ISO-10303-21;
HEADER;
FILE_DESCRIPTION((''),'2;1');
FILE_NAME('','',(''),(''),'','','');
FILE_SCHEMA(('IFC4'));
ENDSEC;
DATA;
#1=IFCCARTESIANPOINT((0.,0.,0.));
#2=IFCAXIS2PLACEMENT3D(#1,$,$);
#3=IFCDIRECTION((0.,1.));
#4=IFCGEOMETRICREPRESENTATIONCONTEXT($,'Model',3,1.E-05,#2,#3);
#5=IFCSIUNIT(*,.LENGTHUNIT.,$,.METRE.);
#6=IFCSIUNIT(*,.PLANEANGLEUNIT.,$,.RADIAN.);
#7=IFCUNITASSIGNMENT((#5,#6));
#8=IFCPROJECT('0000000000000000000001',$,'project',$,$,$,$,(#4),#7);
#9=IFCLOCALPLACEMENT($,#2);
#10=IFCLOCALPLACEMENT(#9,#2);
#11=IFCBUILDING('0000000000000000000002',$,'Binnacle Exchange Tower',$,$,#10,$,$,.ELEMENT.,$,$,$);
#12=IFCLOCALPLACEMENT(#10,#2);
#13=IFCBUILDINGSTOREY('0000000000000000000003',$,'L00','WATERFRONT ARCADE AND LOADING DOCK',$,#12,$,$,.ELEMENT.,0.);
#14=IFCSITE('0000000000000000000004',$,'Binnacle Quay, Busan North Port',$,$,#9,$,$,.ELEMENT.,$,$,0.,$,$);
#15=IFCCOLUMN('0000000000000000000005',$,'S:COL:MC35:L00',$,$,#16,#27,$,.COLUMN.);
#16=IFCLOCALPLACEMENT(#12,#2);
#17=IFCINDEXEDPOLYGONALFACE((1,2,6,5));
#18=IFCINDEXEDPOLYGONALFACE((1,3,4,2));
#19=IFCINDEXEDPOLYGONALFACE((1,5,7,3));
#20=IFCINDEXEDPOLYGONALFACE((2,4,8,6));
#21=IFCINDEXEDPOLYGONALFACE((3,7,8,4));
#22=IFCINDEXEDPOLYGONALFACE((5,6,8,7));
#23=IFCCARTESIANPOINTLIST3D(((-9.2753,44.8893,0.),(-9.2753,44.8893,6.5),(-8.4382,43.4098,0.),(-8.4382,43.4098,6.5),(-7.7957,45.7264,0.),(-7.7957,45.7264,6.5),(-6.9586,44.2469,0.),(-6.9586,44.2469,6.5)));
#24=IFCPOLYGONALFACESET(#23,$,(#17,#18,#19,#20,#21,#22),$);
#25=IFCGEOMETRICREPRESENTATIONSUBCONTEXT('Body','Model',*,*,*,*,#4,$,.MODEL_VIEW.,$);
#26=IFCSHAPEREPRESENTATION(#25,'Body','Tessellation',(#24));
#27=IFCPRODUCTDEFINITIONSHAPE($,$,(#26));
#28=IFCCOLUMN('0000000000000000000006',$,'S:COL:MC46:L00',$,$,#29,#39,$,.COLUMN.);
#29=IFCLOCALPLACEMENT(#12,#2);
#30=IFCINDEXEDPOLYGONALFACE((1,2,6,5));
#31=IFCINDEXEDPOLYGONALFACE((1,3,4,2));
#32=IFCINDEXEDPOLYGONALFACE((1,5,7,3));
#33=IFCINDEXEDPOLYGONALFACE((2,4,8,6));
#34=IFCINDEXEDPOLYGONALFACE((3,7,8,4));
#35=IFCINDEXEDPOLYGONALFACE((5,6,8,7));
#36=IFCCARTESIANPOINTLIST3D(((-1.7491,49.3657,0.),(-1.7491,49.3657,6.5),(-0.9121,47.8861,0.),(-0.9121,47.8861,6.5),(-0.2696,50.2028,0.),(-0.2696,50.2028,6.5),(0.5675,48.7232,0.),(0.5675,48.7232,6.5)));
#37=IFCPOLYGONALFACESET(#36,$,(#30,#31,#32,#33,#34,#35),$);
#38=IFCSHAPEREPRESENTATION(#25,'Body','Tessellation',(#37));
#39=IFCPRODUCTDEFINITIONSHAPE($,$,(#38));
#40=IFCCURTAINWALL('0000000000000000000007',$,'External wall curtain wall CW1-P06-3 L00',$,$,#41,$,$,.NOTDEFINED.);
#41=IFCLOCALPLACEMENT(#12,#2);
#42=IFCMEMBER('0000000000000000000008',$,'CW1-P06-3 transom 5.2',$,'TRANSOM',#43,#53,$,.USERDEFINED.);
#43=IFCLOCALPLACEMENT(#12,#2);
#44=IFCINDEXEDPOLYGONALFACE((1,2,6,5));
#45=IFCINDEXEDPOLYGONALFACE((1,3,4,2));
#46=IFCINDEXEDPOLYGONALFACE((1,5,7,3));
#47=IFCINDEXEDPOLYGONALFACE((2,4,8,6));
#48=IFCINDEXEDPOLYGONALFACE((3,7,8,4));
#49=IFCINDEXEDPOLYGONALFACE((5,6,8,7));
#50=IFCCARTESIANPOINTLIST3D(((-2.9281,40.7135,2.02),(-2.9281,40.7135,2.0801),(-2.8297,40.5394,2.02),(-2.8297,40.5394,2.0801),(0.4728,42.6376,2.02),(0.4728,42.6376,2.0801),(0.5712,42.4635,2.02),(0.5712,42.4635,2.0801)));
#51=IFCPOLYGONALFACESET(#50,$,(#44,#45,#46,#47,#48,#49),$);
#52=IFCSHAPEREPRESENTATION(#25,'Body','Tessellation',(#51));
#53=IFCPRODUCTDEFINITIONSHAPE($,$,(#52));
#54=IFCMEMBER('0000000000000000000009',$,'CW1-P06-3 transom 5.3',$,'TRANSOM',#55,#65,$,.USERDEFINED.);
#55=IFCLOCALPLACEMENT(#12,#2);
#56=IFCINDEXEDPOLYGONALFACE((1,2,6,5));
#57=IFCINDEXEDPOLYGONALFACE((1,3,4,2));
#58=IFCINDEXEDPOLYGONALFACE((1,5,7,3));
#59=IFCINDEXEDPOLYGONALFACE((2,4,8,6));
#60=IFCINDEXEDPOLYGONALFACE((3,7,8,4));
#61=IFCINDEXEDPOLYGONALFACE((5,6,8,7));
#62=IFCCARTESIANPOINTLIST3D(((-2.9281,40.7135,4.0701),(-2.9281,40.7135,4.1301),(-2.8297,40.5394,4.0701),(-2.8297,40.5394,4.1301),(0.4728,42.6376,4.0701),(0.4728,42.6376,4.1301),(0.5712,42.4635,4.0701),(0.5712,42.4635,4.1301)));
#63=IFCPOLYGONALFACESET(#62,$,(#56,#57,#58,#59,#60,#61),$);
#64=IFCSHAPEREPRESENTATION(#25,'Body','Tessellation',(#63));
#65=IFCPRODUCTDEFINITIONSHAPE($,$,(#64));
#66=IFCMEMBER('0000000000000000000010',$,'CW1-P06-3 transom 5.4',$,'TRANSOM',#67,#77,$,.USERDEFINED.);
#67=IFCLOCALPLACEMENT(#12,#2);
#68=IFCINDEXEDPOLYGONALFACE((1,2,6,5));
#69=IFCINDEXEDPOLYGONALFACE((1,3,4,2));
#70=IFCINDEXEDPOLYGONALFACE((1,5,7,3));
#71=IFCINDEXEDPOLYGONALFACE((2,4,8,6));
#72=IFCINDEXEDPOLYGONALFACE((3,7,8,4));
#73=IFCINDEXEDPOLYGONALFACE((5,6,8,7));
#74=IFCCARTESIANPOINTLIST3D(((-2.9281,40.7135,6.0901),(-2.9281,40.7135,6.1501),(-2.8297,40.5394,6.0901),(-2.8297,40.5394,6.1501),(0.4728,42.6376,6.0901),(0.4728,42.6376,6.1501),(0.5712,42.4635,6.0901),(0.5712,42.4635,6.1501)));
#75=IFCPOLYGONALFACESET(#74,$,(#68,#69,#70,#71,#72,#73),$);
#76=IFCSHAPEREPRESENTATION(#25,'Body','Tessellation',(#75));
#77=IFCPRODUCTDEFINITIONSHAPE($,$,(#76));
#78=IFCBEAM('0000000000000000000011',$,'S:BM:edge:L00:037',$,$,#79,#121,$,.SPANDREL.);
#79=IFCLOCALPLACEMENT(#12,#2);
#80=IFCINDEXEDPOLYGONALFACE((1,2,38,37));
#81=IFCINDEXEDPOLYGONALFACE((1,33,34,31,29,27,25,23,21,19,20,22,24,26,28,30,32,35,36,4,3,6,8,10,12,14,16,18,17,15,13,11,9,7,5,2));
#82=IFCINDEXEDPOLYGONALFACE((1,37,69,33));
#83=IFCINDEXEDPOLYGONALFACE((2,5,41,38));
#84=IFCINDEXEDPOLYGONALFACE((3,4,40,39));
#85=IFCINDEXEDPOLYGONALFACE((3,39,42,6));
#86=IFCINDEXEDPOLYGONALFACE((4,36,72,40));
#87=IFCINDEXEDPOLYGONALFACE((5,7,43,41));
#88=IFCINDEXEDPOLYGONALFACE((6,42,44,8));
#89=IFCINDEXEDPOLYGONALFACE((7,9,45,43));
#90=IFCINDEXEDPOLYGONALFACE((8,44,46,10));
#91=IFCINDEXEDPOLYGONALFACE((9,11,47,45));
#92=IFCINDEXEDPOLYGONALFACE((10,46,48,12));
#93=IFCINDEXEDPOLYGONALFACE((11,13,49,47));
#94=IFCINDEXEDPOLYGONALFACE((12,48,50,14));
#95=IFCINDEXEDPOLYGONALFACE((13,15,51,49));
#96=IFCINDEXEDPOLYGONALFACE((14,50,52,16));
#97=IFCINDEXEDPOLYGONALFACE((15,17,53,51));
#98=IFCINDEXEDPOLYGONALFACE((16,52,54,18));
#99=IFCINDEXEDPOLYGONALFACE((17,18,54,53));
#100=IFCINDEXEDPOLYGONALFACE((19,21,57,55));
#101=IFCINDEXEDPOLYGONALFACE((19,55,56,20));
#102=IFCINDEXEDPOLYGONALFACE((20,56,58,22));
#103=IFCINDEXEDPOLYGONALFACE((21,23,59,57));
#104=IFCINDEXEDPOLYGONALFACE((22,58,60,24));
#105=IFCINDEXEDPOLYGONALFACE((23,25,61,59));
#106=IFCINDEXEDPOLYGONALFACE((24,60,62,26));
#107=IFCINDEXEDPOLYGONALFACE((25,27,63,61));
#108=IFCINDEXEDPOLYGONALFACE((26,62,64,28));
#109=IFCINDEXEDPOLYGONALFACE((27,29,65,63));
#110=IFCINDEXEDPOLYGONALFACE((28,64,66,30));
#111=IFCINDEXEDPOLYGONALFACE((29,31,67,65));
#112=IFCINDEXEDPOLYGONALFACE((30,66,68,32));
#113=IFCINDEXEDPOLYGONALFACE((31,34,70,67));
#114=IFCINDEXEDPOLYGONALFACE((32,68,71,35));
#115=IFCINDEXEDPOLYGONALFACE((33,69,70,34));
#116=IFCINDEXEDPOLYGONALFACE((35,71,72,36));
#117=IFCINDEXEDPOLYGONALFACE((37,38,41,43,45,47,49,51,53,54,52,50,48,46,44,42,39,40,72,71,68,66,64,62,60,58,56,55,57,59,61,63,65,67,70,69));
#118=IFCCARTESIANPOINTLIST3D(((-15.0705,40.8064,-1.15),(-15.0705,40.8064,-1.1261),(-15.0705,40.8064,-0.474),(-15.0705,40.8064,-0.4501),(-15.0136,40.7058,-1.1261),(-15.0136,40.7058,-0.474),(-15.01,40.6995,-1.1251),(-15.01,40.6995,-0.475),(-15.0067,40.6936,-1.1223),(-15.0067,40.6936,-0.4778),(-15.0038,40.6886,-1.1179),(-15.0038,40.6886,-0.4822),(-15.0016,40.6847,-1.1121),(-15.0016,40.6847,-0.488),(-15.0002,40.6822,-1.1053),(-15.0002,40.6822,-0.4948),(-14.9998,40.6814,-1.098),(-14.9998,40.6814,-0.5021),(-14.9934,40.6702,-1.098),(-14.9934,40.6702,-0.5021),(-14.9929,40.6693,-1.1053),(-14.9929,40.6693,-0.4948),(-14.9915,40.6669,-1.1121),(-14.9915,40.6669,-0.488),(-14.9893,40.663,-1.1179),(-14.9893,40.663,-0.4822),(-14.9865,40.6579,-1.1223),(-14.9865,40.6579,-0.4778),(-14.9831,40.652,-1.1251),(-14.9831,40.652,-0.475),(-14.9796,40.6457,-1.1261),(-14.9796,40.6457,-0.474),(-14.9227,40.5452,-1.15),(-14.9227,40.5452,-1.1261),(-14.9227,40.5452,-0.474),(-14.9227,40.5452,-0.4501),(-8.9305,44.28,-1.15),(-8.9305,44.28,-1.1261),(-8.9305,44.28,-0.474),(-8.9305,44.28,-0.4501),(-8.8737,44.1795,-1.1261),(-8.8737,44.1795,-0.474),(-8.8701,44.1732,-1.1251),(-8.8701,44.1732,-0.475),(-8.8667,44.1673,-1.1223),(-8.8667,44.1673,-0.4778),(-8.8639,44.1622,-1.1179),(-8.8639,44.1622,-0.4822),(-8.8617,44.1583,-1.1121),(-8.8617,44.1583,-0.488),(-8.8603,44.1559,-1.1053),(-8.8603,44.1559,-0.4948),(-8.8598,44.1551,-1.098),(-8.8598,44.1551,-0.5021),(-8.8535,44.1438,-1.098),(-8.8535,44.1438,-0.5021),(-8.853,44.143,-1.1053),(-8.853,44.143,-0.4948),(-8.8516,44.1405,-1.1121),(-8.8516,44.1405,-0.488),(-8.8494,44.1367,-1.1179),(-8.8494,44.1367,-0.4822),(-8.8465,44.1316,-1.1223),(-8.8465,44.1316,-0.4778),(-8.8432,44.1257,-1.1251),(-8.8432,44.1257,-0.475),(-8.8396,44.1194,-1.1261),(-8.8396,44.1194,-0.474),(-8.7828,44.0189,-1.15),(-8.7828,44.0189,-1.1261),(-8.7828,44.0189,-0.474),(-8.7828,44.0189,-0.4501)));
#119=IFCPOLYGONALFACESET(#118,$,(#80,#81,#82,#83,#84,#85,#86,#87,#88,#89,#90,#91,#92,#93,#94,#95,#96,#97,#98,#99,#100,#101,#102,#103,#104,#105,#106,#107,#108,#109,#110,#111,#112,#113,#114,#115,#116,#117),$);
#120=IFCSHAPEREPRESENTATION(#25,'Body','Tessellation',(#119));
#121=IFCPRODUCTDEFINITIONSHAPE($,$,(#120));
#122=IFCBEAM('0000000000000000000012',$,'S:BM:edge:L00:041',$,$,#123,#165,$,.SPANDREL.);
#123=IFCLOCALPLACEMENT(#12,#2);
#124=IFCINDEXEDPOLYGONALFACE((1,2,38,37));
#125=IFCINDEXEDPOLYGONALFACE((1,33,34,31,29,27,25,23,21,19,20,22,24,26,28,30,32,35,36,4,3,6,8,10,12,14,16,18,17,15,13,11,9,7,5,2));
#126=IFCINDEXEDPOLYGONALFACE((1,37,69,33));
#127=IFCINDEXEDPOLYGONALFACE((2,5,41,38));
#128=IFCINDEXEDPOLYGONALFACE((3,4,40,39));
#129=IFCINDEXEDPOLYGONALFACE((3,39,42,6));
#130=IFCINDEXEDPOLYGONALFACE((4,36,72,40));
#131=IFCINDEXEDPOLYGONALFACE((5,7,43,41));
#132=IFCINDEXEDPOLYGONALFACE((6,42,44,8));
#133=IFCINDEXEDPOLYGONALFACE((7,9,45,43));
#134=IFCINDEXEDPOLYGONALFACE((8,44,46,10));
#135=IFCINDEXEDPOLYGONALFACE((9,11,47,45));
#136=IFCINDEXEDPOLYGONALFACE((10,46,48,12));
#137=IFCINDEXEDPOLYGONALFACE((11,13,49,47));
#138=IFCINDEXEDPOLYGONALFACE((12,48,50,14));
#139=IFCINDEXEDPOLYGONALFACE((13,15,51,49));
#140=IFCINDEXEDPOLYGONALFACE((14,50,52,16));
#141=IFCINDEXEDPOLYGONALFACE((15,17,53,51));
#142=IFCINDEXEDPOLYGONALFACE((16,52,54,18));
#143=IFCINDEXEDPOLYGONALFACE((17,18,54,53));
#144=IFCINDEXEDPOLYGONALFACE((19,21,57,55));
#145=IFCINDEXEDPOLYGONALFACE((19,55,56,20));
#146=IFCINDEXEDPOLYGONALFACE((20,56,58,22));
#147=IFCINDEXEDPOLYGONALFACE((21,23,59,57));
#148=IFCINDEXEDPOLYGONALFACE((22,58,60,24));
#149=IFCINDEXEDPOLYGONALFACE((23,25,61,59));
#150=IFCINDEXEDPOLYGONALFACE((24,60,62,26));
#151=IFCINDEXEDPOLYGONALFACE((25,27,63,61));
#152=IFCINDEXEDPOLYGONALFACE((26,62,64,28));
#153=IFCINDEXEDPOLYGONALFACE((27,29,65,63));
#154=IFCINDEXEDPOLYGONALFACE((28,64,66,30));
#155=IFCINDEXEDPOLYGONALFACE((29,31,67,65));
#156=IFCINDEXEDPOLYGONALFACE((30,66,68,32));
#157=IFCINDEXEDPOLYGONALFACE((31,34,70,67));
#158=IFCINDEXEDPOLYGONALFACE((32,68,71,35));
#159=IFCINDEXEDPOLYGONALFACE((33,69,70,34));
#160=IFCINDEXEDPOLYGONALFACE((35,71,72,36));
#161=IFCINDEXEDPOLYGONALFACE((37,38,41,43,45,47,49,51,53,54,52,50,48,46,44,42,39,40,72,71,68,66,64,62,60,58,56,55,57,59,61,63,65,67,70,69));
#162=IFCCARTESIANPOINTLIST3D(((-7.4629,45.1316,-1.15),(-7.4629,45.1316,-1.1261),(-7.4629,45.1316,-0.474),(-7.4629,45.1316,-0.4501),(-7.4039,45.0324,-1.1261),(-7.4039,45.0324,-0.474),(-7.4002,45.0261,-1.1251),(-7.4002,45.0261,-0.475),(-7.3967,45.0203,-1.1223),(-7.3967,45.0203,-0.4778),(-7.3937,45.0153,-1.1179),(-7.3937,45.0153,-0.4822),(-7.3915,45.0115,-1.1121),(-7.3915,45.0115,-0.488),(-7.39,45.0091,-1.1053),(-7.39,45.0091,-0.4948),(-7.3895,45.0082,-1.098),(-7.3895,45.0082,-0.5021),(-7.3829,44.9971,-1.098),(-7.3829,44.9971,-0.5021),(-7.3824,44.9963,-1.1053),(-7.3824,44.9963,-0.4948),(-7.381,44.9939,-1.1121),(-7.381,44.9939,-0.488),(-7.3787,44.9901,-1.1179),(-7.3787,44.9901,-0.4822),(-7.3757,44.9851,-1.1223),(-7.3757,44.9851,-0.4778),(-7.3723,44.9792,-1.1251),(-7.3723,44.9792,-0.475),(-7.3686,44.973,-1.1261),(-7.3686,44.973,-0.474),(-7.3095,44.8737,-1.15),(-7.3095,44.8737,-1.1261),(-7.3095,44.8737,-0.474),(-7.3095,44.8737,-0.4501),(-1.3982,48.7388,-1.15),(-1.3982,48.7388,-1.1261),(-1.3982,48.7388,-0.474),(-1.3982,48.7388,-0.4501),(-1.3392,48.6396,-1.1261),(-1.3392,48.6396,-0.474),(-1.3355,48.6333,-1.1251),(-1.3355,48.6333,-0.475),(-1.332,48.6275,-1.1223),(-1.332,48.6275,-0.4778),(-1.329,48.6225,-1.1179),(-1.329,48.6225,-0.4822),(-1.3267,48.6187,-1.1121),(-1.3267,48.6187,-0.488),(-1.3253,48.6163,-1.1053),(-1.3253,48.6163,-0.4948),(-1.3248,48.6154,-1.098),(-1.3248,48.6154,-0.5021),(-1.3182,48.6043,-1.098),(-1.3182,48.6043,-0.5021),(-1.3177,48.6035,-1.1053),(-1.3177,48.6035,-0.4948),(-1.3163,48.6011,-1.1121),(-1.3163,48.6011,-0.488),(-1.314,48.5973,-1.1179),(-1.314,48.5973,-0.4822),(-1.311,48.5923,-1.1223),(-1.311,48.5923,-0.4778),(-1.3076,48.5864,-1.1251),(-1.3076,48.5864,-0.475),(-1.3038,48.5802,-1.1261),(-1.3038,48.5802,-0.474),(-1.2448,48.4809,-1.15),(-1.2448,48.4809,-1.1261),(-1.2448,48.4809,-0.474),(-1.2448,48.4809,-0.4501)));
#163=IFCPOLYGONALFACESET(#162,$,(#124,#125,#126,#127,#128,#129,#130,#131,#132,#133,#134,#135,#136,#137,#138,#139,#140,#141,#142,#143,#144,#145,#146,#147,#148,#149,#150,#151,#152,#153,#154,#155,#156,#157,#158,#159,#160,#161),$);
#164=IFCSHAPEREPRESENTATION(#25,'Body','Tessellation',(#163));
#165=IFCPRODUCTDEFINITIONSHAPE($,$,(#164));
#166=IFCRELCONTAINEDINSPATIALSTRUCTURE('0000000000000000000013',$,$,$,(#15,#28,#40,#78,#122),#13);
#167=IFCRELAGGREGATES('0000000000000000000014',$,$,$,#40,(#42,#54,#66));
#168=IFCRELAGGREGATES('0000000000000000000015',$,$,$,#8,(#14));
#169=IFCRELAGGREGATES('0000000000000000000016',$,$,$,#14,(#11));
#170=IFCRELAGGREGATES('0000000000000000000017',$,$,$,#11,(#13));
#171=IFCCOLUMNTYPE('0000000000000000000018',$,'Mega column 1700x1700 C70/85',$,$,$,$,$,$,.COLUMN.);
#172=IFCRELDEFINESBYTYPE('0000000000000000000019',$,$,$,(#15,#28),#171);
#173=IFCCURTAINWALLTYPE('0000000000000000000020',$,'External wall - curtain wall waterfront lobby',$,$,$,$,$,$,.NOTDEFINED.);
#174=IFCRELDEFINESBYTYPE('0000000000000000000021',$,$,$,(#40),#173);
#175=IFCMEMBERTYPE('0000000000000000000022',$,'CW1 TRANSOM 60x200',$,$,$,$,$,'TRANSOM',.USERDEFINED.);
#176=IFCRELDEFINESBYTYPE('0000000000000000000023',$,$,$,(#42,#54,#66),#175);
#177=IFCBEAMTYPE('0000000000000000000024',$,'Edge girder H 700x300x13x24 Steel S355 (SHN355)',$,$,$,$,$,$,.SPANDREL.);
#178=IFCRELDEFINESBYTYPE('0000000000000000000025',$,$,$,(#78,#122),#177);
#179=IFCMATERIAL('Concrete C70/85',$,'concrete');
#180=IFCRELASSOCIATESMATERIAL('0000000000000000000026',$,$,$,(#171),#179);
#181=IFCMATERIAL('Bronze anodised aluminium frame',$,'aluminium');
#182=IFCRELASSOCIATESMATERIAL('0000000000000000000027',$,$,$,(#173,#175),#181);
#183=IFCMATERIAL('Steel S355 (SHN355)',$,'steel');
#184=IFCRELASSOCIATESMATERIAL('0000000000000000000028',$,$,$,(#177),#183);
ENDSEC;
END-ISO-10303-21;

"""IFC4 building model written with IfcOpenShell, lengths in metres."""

from ifc_helpers import new_model, si_unit, direction, frame, origin, origin_2d, place, context, subcontext, project, spatial, rectangle, i_section, extrude, material, material_profile, profile_set, type_object, element, aggregate, save


model = new_model("IFC4")

# Units and contexts
model_context = context("Model", 3, precision=1e-05, world=origin(), true_north=direction((0.0, 1.0)))
body_context = subcontext(model_context, "Body", "Model", "MODEL_VIEW")
ifc_project = project(units=[si_unit("LENGTHUNIT", "METRE"), si_unit("PLANEANGLEUNIT", "RADIAN")], contexts=[model_context])

# Site, building, storey
site_placement = place(None, origin())
site = spatial("IfcSite", under=ifc_project, at=site_placement, Name="Binnacle Quay, Busan North Port", CompositionType="ELEMENT", RefElevation=0.0)
building_placement = place(site_placement, origin())
building = spatial("IfcBuilding", under=site, at=building_placement, Name="Binnacle Exchange Tower", CompositionType="ELEMENT")
storey_placement = place(building_placement, origin())
storey = spatial("IfcBuildingStorey", under=building, at=storey_placement, Name="L00", Description="WATERFRONT ARCADE AND LOADING DOCK", CompositionType="ELEMENT", Elevation=0.0)

# Columns
ifc_material_1 = material(Name="Concrete C70/85", Category="concrete")
ifc_material_profile_1 = material_profile(ifc_material_1, rectangle(XDim=1.7, YDim=1.7, at=origin_2d()), Name="Mega column 1700x1700 C70/85")
ifc_profile_set_1 = profile_set([ifc_material_profile_1], Name="Concrete C70/85")
column_type = type_object("IfcColumnType", Name="Mega column 1700x1700 C70/85", PredefinedType="COLUMN", material=ifc_profile_set_1)
for number, where, z_axis, x_axis, name in (
    (1, (-8.1169, 44.5681, 0.0), (0.0, 0.0, 1.0), (0.870356, 0.492424, 0.0), "S:COL:MC35:L00"),
    (2, (-0.5908, 49.0444, 0.0), (0.0, 0.0, 1.0), (0.870356, 0.492424, 0.0), "S:COL:MC46:L00"),
):
    element("IfcColumn", number, at=place(storey_placement, frame(where, z_axis=z_axis, x_axis=x_axis)), inside=storey, type_object=column_type, Name=name, PredefinedType="COLUMN", context=body_context, shape_type="SweptSolid", body=[
        extrude(rectangle(XDim=1.7, YDim=1.7, at=origin_2d()), origin(), (0.0, 0.0, 1.0), 6.5),
    ])

# Curtain wall, members
ifc_material_2 = material(Name="Bronze anodised aluminium frame", Category="aluminium")
curtain_wall_type = type_object("IfcCurtainWallType", Name="External wall - curtain wall waterfront lobby", PredefinedType="NOTDEFINED", material=ifc_material_2)
curtain_wall_placement = place(storey_placement, origin())
curtain_wall = element("IfcCurtainWall", 3, at=curtain_wall_placement, inside=storey, type_object=curtain_wall_type, Name="External wall curtain wall CW1-P06-3 L00", PredefinedType="NOTDEFINED")
ifc_material_profile_2 = material_profile(ifc_material_2, rectangle(XDim=0.2, YDim=0.0601, at=origin_2d()), Name="AL 200x60")
ifc_profile_set_2 = profile_set([ifc_material_profile_2], Name="Bronze anodised aluminium frame")
member_type = type_object("IfcMemberType", Name="CW1 TRANSOM 60x200", ElementType="TRANSOM", PredefinedType="USERDEFINED", material=ifc_profile_set_2)
member_1_placement = place(storey_placement, frame((-2.8789, 40.6265, 2.05), z_axis=(0.870361, 0.492413, 0.0), x_axis=(-0.492413, 0.870361, 0.0)))
member_1 = element("IfcMember", 4, at=member_1_placement, type_object=member_type, Name="CW1-P06-3 transom 5.2", ObjectType="TRANSOM", PredefinedType="USERDEFINED", context=body_context, shape_type="SweptSolid", body=[
    extrude(rectangle(XDim=0.2, YDim=0.0601, at=origin_2d()), origin(), (0.0, 0.0, 1.0), 3.9075),
])
member_2_placement = place(storey_placement, frame((-2.8789, 40.6265, 4.1001), z_axis=(0.870361, 0.492413, 0.0), x_axis=(-0.492413, 0.870361, 0.0)))
member_2 = element("IfcMember", 5, at=member_2_placement, type_object=member_type, Name="CW1-P06-3 transom 5.3", ObjectType="TRANSOM", PredefinedType="USERDEFINED", context=body_context, shape_type="SweptSolid", body=[
    extrude(rectangle(XDim=0.2, YDim=0.0601, at=origin_2d()), origin(), (0.0, 0.0, 1.0), 3.9075),
])
member_3_placement = place(storey_placement, frame((-2.8789, 40.6265, 6.1201), z_axis=(0.870361, 0.492413, 0.0), x_axis=(-0.492413, 0.870361, 0.0)))
member_3 = element("IfcMember", 6, at=member_3_placement, type_object=member_type, Name="CW1-P06-3 transom 5.4", ObjectType="TRANSOM", PredefinedType="USERDEFINED", context=body_context, shape_type="SweptSolid", body=[
    extrude(rectangle(XDim=0.2, YDim=0.0601, at=origin_2d()), origin(), (0.0, 0.0, 1.0), 3.9075),
])

# Beams
ifc_material_3 = material(Name="Steel S355 (SHN355)", Category="steel")
ifc_material_profile_3 = material_profile(ifc_material_3, i_section(OverallWidth=0.3, OverallDepth=0.7, WebThickness=0.0129, FlangeThickness=0.0239, FilletRadius=0.0281, at=origin_2d()), Name="H 700x300x13x24")
ifc_profile_set_3 = profile_set([ifc_material_profile_3], Name="Steel S355 (SHN355)")
beam_type_1 = type_object("IfcBeamType", Name="Edge girder H 700x300x13x24 Steel S355 (SHN355)", PredefinedType="SPANDREL", material=ifc_profile_set_3)
beam_1_placement = place(storey_placement, frame((-14.9966, 40.6758, -0.8), z_axis=(0.870365, 0.492407, 0.0), x_axis=(-0.492407, 0.870365, 0.0)))
element("IfcBeam", 7, at=beam_1_placement, inside=storey, type_object=beam_type_1, Name="S:BM:edge:L00:037", PredefinedType="SPANDREL", context=body_context, shape_type="SweptSolid", body=[
    extrude(i_section(OverallWidth=0.3, OverallDepth=0.7, WebThickness=0.0129, FlangeThickness=0.0239, FilletRadius=0.0281, at=origin_2d()), origin(), (0.0, 0.0, 1.0), 7.0544),
])
beam_2_placement = place(storey_placement, frame((-7.3862, 45.0027, -0.8), z_axis=(0.859465, 0.511195, 0.0), x_axis=(-0.511195, 0.859465, 0.0)))
element("IfcBeam", 8, at=beam_2_placement, inside=storey, type_object=beam_type_1, Name="S:BM:edge:L00:041", PredefinedType="SPANDREL", context=body_context, shape_type="SweptSolid", body=[
    extrude(i_section(OverallWidth=0.3, OverallDepth=0.7, WebThickness=0.0129, FlangeThickness=0.0239, FilletRadius=0.0281, at=origin_2d()), origin(), (0.0, 0.0, 1.0), 7.0564),
])

aggregate(curtain_wall, [member_1, member_2, member_3])

save(model, "model.ifc")
